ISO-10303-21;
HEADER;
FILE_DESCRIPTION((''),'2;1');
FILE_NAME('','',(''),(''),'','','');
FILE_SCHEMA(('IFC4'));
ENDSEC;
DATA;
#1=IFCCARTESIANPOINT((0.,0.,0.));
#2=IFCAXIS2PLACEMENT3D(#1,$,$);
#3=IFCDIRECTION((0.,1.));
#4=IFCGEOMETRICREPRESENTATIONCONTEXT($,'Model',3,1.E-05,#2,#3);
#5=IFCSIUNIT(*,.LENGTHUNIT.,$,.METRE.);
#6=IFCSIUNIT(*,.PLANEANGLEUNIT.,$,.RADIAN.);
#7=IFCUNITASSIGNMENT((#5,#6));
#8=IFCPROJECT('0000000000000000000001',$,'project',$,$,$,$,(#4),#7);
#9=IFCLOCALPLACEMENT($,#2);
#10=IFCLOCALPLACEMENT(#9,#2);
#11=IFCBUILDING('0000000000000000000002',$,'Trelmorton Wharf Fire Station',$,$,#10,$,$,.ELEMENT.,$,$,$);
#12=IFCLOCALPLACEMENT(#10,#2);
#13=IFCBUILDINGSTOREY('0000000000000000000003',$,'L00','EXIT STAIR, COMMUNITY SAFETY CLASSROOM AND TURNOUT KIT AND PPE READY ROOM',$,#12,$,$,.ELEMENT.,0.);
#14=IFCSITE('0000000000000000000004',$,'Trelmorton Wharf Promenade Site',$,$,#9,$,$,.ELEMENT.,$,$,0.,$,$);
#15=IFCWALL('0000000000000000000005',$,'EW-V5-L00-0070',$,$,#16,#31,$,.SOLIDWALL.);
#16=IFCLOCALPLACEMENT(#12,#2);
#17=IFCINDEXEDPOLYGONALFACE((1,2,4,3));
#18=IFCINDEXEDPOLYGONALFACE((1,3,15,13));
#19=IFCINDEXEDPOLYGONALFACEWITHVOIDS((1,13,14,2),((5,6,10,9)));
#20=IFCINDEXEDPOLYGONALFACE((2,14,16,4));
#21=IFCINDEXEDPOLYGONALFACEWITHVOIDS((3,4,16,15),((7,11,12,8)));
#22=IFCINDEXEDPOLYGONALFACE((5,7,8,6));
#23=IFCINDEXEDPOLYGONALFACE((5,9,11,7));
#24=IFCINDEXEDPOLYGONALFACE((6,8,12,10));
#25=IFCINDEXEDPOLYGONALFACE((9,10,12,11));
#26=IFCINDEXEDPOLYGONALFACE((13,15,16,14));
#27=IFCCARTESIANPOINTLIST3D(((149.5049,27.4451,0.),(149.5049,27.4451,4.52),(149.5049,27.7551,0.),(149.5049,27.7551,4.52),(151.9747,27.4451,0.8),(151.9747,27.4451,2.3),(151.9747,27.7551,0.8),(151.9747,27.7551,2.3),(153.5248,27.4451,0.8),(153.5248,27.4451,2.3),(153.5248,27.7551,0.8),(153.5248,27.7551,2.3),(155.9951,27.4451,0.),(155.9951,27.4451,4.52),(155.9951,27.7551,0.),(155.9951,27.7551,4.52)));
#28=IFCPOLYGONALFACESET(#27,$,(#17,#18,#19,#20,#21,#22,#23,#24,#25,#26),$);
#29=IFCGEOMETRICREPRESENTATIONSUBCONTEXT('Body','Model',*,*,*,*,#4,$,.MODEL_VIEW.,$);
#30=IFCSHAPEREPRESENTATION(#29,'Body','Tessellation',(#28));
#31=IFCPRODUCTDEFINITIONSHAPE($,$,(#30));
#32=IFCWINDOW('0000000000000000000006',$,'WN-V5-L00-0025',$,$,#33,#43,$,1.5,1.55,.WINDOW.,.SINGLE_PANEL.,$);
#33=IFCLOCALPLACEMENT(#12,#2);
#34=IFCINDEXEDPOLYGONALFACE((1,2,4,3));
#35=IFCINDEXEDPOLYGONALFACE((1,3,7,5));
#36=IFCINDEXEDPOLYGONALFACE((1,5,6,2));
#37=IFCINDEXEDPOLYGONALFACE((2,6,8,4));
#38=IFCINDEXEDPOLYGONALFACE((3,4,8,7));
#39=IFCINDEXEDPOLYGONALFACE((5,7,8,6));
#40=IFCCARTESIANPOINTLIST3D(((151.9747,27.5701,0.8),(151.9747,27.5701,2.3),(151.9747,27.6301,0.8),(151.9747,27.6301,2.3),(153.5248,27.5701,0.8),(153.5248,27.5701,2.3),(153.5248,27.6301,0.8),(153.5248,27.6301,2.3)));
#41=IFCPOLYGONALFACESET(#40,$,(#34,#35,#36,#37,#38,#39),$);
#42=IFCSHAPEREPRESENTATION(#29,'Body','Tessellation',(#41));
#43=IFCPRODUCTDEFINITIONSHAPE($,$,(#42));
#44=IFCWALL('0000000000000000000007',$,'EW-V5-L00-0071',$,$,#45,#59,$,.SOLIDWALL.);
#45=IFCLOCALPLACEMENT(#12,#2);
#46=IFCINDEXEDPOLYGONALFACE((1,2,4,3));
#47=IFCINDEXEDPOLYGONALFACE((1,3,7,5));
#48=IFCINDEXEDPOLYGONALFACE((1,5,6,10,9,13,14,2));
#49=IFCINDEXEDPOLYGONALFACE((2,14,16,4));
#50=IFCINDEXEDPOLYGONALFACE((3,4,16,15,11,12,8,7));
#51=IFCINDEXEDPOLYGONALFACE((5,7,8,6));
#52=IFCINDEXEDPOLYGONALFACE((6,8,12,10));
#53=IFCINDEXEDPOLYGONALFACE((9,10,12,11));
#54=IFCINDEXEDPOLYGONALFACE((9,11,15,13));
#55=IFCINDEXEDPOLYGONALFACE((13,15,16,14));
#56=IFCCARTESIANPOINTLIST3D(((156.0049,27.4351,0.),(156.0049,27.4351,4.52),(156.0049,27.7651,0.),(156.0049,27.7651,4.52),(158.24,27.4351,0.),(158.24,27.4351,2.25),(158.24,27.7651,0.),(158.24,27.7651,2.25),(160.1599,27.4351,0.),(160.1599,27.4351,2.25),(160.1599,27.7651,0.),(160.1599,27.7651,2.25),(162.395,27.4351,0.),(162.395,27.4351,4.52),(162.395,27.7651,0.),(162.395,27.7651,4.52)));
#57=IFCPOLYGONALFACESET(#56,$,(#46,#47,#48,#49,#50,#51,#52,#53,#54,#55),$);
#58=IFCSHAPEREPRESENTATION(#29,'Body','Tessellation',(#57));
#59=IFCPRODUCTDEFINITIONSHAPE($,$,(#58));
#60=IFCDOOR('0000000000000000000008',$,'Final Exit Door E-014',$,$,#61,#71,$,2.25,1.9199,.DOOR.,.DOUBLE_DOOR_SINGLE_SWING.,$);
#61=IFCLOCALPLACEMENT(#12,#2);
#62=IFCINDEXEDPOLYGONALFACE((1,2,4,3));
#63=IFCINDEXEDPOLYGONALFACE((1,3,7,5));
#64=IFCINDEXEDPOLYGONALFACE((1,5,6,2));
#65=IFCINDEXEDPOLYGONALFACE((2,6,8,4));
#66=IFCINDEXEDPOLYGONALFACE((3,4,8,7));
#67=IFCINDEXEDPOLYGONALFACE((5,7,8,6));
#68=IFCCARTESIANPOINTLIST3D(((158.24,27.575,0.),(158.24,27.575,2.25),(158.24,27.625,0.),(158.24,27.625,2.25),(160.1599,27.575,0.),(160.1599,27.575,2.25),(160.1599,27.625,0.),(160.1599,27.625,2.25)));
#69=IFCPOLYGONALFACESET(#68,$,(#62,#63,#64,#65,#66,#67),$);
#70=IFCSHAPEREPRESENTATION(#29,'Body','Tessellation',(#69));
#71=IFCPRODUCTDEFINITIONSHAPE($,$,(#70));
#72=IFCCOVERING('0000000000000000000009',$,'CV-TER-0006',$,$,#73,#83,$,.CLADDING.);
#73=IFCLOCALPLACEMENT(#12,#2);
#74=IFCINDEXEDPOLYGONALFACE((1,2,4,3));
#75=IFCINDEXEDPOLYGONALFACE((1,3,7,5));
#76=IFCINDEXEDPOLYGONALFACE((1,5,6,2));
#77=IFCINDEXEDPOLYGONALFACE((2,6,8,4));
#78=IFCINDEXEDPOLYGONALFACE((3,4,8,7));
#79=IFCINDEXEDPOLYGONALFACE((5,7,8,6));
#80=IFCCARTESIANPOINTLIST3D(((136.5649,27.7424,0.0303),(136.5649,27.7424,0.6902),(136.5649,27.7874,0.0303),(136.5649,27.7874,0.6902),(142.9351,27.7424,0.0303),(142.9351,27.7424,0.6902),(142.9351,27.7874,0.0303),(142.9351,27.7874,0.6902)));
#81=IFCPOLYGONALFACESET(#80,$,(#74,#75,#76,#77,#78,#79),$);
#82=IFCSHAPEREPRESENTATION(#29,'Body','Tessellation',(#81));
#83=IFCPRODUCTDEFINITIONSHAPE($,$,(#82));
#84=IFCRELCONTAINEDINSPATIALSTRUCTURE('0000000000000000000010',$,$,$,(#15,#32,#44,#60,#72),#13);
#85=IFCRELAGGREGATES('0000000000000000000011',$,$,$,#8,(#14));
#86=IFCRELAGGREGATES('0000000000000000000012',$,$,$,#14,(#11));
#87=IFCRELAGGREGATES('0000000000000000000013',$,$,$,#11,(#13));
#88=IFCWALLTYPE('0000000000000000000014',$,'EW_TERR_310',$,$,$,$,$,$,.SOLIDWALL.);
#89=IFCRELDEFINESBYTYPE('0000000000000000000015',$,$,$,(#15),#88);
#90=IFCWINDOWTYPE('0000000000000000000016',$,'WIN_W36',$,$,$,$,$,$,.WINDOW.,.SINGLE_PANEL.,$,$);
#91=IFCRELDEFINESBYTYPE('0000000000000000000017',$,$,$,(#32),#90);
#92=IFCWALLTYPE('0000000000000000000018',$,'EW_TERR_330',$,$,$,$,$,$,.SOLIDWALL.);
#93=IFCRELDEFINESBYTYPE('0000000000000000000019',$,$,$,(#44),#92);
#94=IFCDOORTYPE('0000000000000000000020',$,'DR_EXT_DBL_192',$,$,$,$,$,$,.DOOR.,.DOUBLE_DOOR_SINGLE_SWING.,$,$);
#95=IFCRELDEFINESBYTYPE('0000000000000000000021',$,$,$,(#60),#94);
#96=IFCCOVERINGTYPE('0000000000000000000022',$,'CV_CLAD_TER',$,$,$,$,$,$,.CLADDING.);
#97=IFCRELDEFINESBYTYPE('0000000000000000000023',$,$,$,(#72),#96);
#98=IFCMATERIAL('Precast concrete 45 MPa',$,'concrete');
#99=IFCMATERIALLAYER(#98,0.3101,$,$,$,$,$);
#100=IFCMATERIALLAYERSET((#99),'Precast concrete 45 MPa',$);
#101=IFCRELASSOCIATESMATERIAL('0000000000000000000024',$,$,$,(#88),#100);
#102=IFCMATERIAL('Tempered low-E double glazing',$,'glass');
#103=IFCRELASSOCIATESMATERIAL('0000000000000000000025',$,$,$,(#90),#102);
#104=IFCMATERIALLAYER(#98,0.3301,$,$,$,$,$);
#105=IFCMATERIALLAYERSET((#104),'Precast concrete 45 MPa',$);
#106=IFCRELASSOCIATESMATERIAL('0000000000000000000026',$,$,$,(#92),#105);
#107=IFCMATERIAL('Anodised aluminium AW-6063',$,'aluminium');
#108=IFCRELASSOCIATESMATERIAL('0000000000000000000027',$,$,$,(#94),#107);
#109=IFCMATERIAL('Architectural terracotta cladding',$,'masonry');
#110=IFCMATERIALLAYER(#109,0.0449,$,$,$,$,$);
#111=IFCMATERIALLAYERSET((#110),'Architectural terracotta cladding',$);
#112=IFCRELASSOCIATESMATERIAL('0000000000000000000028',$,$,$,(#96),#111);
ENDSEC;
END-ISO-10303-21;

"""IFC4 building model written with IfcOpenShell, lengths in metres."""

from ifc_helpers import new_model, si_unit, direction, frame, frame_2d, origin, origin_2d, place, context, subcontext, project, spatial, rectangle, extrude, material, layer, layer_set, type_object, element, fill, save


model = new_model("IFC4")

# Units and contexts
model_context = context("Model", 3, precision=1e-05, world=origin(), true_north=direction((0.0, 1.0)))
body_context = subcontext(model_context, "Body", "Model", "MODEL_VIEW")
ifc_project = project(units=[si_unit("LENGTHUNIT", "METRE"), si_unit("PLANEANGLEUNIT", "RADIAN")], contexts=[model_context])

# Site, building, storey
site_placement = place(None, origin())
site = spatial("IfcSite", under=ifc_project, at=site_placement, Name="Trelmorton Wharf Promenade Site", CompositionType="ELEMENT", RefElevation=0.0)
building_placement = place(site_placement, origin())
building = spatial("IfcBuilding", under=site, at=building_placement, Name="Trelmorton Wharf Fire Station", CompositionType="ELEMENT")
storey_placement = place(building_placement, origin())
storey = spatial("IfcBuildingStorey", under=building, at=storey_placement, Name="L00", Description="EXIT STAIR, COMMUNITY SAFETY CLASSROOM AND TURNOUT KIT AND PPE READY ROOM", CompositionType="ELEMENT", Elevation=0.0)

# Shared definitions
ifc_material_1 = material(Name="Anodised aluminium AW-6063", Category="aluminium")

# Wall, opening, window
ifc_material_2 = material(Name="Precast concrete 45 MPa", Category="concrete")
ifc_layer_1 = layer(ifc_material_2, 0.3101)
ifc_layer_set_1 = layer_set([ifc_layer_1], Name="Precast concrete 45 MPa")
wall_type_1 = type_object("IfcWallType", Name="EW_TERR_310", PredefinedType="SOLIDWALL", material=ifc_layer_set_1)
wall_1_placement = place(storey_placement, frame((149.5049, 27.6001, 0.0), z_axis=(0.0, 0.0, 1.0), x_axis=(1.0, 0.0, 0.0)))
wall_1 = element("IfcWall", 1, at=wall_1_placement, inside=storey, type_object=wall_type_1, Name="EW-V5-L00-0070", PredefinedType="SOLIDWALL", context=body_context, shape_type="SweptSolid", body=[
    extrude(rectangle(XDim=6.4902, YDim=0.3101, at=frame_2d((3.2451, 0.0))), origin(), (0.0, 0.0, 1.0), 4.52),
])
opening_1_placement = place(wall_1_placement, frame((2.47, 0.0, 0.8)))
opening_1 = element("IfcOpeningElement", 2, at=opening_1_placement, cuts=wall_1, PredefinedType="OPENING", context=body_context, shape_type="SweptSolid", body=[
    extrude(rectangle(XDim=1.55, YDim=1.5, at=frame_2d((0.7749, 0.75))), frame((0.0, 0.165, 0.0), z_axis=(0.0, -1.0, 0.0), x_axis=(1.0, 0.0, 0.0)), (0.0, 0.0, 1.0), 0.3301),
])
ifc_material_3 = material(Name="Tempered low-E double glazing", Category="glass")
window_type = type_object("IfcWindowType", Name="WIN_W36", PartitioningType="SINGLE_PANEL", PredefinedType="WINDOW", material=ifc_material_3)
window_placement = place(opening_1_placement, origin())
window = element("IfcWindow", 3, at=window_placement, inside=storey, type_object=window_type, Name="WN-V5-L00-0025", OverallHeight=1.5, OverallWidth=1.55, PartitioningType="SINGLE_PANEL", PredefinedType="WINDOW", context=body_context, shape_type="SweptSolid", body=[
    extrude(rectangle(XDim=1.55, YDim=1.5, at=frame_2d((0.7749, 0.75))), frame((0.0, 0.03, 0.0), z_axis=(0.0, -1.0, 0.0), x_axis=(1.0, 0.0, 0.0)), (0.0, 0.0, 1.0), 0.0601),
])
fill(opening_1, window)

# Wall, opening, door
ifc_layer_2 = layer(ifc_material_2, 0.3301)
ifc_layer_set_2 = layer_set([ifc_layer_2], Name="Precast concrete 45 MPa")
wall_type_2 = type_object("IfcWallType", Name="EW_TERR_330", PredefinedType="SOLIDWALL", material=ifc_layer_set_2)
wall_2_placement = place(storey_placement, frame((156.0049, 27.6001, 0.0), z_axis=(0.0, 0.0, 1.0), x_axis=(1.0, 0.0, 0.0)))
wall_2 = element("IfcWall", 4, at=wall_2_placement, inside=storey, type_object=wall_type_2, Name="EW-V5-L00-0071", PredefinedType="SOLIDWALL", context=body_context, shape_type="SweptSolid", body=[
    extrude(rectangle(XDim=6.3901, YDim=0.3301, at=frame_2d((3.1951, 0.0))), origin(), (0.0, 0.0, 1.0), 4.52),
])
opening_2_placement = place(wall_2_placement, frame((2.2351, 0.0, 0.0)))
opening_2 = element("IfcOpeningElement", 5, at=opening_2_placement, cuts=wall_2, PredefinedType="OPENING", context=body_context, shape_type="SweptSolid", body=[
    extrude(rectangle(XDim=1.9199, YDim=2.25, at=frame_2d((0.96, 1.125))), frame((0.0, 0.175, 0.0), z_axis=(0.0, -1.0, 0.0), x_axis=(1.0, 0.0, 0.0)), (0.0, 0.0, 1.0), 0.3501),
])
door_type = type_object("IfcDoorType", Name="DR_EXT_DBL_192", OperationType="DOUBLE_DOOR_SINGLE_SWING", PredefinedType="DOOR", material=ifc_material_1)
door_placement = place(opening_2_placement, origin())
door = element("IfcDoor", 6, at=door_placement, inside=storey, type_object=door_type, Name="Final Exit Door E-014", OperationType="DOUBLE_DOOR_SINGLE_SWING", OverallHeight=2.25, OverallWidth=1.9199, PredefinedType="DOOR", context=body_context, shape_type="SweptSolid", body=[
    extrude(rectangle(XDim=1.9199, YDim=2.25, at=frame_2d((0.96, 1.125))), frame((0.0, 0.0249, 0.0), z_axis=(0.0, -1.0, 0.0), x_axis=(1.0, 0.0, 0.0)), (0.0, 0.0, 1.0), 0.05),
])
fill(opening_2, door)

# Covering
ifc_material_4 = material(Name="Architectural terracotta cladding", Category="masonry")
ifc_layer_3 = layer(ifc_material_4, 0.0449)
ifc_layer_set_3 = layer_set([ifc_layer_3], Name="Architectural terracotta cladding")
covering_type = type_object("IfcCoveringType", Name="CV_CLAD_TER", PredefinedType="CLADDING", material=ifc_layer_set_3)
covering_placement = place(storey_placement, frame((139.75, 27.7649, 0.0303), z_axis=(0.0, 0.0, 1.0), x_axis=(1.0, 0.0, 0.0)))
element("IfcCovering", 7, at=covering_placement, inside=storey, type_object=covering_type, Name="CV-TER-0006", PredefinedType="CLADDING", context=body_context, shape_type="SweptSolid", body=[
    extrude(rectangle(XDim=6.3701, YDim=0.0449, at=origin_2d()), origin(), (0.0, 0.0, 1.0), 0.6599),
])

save(model, "model.ifc")
